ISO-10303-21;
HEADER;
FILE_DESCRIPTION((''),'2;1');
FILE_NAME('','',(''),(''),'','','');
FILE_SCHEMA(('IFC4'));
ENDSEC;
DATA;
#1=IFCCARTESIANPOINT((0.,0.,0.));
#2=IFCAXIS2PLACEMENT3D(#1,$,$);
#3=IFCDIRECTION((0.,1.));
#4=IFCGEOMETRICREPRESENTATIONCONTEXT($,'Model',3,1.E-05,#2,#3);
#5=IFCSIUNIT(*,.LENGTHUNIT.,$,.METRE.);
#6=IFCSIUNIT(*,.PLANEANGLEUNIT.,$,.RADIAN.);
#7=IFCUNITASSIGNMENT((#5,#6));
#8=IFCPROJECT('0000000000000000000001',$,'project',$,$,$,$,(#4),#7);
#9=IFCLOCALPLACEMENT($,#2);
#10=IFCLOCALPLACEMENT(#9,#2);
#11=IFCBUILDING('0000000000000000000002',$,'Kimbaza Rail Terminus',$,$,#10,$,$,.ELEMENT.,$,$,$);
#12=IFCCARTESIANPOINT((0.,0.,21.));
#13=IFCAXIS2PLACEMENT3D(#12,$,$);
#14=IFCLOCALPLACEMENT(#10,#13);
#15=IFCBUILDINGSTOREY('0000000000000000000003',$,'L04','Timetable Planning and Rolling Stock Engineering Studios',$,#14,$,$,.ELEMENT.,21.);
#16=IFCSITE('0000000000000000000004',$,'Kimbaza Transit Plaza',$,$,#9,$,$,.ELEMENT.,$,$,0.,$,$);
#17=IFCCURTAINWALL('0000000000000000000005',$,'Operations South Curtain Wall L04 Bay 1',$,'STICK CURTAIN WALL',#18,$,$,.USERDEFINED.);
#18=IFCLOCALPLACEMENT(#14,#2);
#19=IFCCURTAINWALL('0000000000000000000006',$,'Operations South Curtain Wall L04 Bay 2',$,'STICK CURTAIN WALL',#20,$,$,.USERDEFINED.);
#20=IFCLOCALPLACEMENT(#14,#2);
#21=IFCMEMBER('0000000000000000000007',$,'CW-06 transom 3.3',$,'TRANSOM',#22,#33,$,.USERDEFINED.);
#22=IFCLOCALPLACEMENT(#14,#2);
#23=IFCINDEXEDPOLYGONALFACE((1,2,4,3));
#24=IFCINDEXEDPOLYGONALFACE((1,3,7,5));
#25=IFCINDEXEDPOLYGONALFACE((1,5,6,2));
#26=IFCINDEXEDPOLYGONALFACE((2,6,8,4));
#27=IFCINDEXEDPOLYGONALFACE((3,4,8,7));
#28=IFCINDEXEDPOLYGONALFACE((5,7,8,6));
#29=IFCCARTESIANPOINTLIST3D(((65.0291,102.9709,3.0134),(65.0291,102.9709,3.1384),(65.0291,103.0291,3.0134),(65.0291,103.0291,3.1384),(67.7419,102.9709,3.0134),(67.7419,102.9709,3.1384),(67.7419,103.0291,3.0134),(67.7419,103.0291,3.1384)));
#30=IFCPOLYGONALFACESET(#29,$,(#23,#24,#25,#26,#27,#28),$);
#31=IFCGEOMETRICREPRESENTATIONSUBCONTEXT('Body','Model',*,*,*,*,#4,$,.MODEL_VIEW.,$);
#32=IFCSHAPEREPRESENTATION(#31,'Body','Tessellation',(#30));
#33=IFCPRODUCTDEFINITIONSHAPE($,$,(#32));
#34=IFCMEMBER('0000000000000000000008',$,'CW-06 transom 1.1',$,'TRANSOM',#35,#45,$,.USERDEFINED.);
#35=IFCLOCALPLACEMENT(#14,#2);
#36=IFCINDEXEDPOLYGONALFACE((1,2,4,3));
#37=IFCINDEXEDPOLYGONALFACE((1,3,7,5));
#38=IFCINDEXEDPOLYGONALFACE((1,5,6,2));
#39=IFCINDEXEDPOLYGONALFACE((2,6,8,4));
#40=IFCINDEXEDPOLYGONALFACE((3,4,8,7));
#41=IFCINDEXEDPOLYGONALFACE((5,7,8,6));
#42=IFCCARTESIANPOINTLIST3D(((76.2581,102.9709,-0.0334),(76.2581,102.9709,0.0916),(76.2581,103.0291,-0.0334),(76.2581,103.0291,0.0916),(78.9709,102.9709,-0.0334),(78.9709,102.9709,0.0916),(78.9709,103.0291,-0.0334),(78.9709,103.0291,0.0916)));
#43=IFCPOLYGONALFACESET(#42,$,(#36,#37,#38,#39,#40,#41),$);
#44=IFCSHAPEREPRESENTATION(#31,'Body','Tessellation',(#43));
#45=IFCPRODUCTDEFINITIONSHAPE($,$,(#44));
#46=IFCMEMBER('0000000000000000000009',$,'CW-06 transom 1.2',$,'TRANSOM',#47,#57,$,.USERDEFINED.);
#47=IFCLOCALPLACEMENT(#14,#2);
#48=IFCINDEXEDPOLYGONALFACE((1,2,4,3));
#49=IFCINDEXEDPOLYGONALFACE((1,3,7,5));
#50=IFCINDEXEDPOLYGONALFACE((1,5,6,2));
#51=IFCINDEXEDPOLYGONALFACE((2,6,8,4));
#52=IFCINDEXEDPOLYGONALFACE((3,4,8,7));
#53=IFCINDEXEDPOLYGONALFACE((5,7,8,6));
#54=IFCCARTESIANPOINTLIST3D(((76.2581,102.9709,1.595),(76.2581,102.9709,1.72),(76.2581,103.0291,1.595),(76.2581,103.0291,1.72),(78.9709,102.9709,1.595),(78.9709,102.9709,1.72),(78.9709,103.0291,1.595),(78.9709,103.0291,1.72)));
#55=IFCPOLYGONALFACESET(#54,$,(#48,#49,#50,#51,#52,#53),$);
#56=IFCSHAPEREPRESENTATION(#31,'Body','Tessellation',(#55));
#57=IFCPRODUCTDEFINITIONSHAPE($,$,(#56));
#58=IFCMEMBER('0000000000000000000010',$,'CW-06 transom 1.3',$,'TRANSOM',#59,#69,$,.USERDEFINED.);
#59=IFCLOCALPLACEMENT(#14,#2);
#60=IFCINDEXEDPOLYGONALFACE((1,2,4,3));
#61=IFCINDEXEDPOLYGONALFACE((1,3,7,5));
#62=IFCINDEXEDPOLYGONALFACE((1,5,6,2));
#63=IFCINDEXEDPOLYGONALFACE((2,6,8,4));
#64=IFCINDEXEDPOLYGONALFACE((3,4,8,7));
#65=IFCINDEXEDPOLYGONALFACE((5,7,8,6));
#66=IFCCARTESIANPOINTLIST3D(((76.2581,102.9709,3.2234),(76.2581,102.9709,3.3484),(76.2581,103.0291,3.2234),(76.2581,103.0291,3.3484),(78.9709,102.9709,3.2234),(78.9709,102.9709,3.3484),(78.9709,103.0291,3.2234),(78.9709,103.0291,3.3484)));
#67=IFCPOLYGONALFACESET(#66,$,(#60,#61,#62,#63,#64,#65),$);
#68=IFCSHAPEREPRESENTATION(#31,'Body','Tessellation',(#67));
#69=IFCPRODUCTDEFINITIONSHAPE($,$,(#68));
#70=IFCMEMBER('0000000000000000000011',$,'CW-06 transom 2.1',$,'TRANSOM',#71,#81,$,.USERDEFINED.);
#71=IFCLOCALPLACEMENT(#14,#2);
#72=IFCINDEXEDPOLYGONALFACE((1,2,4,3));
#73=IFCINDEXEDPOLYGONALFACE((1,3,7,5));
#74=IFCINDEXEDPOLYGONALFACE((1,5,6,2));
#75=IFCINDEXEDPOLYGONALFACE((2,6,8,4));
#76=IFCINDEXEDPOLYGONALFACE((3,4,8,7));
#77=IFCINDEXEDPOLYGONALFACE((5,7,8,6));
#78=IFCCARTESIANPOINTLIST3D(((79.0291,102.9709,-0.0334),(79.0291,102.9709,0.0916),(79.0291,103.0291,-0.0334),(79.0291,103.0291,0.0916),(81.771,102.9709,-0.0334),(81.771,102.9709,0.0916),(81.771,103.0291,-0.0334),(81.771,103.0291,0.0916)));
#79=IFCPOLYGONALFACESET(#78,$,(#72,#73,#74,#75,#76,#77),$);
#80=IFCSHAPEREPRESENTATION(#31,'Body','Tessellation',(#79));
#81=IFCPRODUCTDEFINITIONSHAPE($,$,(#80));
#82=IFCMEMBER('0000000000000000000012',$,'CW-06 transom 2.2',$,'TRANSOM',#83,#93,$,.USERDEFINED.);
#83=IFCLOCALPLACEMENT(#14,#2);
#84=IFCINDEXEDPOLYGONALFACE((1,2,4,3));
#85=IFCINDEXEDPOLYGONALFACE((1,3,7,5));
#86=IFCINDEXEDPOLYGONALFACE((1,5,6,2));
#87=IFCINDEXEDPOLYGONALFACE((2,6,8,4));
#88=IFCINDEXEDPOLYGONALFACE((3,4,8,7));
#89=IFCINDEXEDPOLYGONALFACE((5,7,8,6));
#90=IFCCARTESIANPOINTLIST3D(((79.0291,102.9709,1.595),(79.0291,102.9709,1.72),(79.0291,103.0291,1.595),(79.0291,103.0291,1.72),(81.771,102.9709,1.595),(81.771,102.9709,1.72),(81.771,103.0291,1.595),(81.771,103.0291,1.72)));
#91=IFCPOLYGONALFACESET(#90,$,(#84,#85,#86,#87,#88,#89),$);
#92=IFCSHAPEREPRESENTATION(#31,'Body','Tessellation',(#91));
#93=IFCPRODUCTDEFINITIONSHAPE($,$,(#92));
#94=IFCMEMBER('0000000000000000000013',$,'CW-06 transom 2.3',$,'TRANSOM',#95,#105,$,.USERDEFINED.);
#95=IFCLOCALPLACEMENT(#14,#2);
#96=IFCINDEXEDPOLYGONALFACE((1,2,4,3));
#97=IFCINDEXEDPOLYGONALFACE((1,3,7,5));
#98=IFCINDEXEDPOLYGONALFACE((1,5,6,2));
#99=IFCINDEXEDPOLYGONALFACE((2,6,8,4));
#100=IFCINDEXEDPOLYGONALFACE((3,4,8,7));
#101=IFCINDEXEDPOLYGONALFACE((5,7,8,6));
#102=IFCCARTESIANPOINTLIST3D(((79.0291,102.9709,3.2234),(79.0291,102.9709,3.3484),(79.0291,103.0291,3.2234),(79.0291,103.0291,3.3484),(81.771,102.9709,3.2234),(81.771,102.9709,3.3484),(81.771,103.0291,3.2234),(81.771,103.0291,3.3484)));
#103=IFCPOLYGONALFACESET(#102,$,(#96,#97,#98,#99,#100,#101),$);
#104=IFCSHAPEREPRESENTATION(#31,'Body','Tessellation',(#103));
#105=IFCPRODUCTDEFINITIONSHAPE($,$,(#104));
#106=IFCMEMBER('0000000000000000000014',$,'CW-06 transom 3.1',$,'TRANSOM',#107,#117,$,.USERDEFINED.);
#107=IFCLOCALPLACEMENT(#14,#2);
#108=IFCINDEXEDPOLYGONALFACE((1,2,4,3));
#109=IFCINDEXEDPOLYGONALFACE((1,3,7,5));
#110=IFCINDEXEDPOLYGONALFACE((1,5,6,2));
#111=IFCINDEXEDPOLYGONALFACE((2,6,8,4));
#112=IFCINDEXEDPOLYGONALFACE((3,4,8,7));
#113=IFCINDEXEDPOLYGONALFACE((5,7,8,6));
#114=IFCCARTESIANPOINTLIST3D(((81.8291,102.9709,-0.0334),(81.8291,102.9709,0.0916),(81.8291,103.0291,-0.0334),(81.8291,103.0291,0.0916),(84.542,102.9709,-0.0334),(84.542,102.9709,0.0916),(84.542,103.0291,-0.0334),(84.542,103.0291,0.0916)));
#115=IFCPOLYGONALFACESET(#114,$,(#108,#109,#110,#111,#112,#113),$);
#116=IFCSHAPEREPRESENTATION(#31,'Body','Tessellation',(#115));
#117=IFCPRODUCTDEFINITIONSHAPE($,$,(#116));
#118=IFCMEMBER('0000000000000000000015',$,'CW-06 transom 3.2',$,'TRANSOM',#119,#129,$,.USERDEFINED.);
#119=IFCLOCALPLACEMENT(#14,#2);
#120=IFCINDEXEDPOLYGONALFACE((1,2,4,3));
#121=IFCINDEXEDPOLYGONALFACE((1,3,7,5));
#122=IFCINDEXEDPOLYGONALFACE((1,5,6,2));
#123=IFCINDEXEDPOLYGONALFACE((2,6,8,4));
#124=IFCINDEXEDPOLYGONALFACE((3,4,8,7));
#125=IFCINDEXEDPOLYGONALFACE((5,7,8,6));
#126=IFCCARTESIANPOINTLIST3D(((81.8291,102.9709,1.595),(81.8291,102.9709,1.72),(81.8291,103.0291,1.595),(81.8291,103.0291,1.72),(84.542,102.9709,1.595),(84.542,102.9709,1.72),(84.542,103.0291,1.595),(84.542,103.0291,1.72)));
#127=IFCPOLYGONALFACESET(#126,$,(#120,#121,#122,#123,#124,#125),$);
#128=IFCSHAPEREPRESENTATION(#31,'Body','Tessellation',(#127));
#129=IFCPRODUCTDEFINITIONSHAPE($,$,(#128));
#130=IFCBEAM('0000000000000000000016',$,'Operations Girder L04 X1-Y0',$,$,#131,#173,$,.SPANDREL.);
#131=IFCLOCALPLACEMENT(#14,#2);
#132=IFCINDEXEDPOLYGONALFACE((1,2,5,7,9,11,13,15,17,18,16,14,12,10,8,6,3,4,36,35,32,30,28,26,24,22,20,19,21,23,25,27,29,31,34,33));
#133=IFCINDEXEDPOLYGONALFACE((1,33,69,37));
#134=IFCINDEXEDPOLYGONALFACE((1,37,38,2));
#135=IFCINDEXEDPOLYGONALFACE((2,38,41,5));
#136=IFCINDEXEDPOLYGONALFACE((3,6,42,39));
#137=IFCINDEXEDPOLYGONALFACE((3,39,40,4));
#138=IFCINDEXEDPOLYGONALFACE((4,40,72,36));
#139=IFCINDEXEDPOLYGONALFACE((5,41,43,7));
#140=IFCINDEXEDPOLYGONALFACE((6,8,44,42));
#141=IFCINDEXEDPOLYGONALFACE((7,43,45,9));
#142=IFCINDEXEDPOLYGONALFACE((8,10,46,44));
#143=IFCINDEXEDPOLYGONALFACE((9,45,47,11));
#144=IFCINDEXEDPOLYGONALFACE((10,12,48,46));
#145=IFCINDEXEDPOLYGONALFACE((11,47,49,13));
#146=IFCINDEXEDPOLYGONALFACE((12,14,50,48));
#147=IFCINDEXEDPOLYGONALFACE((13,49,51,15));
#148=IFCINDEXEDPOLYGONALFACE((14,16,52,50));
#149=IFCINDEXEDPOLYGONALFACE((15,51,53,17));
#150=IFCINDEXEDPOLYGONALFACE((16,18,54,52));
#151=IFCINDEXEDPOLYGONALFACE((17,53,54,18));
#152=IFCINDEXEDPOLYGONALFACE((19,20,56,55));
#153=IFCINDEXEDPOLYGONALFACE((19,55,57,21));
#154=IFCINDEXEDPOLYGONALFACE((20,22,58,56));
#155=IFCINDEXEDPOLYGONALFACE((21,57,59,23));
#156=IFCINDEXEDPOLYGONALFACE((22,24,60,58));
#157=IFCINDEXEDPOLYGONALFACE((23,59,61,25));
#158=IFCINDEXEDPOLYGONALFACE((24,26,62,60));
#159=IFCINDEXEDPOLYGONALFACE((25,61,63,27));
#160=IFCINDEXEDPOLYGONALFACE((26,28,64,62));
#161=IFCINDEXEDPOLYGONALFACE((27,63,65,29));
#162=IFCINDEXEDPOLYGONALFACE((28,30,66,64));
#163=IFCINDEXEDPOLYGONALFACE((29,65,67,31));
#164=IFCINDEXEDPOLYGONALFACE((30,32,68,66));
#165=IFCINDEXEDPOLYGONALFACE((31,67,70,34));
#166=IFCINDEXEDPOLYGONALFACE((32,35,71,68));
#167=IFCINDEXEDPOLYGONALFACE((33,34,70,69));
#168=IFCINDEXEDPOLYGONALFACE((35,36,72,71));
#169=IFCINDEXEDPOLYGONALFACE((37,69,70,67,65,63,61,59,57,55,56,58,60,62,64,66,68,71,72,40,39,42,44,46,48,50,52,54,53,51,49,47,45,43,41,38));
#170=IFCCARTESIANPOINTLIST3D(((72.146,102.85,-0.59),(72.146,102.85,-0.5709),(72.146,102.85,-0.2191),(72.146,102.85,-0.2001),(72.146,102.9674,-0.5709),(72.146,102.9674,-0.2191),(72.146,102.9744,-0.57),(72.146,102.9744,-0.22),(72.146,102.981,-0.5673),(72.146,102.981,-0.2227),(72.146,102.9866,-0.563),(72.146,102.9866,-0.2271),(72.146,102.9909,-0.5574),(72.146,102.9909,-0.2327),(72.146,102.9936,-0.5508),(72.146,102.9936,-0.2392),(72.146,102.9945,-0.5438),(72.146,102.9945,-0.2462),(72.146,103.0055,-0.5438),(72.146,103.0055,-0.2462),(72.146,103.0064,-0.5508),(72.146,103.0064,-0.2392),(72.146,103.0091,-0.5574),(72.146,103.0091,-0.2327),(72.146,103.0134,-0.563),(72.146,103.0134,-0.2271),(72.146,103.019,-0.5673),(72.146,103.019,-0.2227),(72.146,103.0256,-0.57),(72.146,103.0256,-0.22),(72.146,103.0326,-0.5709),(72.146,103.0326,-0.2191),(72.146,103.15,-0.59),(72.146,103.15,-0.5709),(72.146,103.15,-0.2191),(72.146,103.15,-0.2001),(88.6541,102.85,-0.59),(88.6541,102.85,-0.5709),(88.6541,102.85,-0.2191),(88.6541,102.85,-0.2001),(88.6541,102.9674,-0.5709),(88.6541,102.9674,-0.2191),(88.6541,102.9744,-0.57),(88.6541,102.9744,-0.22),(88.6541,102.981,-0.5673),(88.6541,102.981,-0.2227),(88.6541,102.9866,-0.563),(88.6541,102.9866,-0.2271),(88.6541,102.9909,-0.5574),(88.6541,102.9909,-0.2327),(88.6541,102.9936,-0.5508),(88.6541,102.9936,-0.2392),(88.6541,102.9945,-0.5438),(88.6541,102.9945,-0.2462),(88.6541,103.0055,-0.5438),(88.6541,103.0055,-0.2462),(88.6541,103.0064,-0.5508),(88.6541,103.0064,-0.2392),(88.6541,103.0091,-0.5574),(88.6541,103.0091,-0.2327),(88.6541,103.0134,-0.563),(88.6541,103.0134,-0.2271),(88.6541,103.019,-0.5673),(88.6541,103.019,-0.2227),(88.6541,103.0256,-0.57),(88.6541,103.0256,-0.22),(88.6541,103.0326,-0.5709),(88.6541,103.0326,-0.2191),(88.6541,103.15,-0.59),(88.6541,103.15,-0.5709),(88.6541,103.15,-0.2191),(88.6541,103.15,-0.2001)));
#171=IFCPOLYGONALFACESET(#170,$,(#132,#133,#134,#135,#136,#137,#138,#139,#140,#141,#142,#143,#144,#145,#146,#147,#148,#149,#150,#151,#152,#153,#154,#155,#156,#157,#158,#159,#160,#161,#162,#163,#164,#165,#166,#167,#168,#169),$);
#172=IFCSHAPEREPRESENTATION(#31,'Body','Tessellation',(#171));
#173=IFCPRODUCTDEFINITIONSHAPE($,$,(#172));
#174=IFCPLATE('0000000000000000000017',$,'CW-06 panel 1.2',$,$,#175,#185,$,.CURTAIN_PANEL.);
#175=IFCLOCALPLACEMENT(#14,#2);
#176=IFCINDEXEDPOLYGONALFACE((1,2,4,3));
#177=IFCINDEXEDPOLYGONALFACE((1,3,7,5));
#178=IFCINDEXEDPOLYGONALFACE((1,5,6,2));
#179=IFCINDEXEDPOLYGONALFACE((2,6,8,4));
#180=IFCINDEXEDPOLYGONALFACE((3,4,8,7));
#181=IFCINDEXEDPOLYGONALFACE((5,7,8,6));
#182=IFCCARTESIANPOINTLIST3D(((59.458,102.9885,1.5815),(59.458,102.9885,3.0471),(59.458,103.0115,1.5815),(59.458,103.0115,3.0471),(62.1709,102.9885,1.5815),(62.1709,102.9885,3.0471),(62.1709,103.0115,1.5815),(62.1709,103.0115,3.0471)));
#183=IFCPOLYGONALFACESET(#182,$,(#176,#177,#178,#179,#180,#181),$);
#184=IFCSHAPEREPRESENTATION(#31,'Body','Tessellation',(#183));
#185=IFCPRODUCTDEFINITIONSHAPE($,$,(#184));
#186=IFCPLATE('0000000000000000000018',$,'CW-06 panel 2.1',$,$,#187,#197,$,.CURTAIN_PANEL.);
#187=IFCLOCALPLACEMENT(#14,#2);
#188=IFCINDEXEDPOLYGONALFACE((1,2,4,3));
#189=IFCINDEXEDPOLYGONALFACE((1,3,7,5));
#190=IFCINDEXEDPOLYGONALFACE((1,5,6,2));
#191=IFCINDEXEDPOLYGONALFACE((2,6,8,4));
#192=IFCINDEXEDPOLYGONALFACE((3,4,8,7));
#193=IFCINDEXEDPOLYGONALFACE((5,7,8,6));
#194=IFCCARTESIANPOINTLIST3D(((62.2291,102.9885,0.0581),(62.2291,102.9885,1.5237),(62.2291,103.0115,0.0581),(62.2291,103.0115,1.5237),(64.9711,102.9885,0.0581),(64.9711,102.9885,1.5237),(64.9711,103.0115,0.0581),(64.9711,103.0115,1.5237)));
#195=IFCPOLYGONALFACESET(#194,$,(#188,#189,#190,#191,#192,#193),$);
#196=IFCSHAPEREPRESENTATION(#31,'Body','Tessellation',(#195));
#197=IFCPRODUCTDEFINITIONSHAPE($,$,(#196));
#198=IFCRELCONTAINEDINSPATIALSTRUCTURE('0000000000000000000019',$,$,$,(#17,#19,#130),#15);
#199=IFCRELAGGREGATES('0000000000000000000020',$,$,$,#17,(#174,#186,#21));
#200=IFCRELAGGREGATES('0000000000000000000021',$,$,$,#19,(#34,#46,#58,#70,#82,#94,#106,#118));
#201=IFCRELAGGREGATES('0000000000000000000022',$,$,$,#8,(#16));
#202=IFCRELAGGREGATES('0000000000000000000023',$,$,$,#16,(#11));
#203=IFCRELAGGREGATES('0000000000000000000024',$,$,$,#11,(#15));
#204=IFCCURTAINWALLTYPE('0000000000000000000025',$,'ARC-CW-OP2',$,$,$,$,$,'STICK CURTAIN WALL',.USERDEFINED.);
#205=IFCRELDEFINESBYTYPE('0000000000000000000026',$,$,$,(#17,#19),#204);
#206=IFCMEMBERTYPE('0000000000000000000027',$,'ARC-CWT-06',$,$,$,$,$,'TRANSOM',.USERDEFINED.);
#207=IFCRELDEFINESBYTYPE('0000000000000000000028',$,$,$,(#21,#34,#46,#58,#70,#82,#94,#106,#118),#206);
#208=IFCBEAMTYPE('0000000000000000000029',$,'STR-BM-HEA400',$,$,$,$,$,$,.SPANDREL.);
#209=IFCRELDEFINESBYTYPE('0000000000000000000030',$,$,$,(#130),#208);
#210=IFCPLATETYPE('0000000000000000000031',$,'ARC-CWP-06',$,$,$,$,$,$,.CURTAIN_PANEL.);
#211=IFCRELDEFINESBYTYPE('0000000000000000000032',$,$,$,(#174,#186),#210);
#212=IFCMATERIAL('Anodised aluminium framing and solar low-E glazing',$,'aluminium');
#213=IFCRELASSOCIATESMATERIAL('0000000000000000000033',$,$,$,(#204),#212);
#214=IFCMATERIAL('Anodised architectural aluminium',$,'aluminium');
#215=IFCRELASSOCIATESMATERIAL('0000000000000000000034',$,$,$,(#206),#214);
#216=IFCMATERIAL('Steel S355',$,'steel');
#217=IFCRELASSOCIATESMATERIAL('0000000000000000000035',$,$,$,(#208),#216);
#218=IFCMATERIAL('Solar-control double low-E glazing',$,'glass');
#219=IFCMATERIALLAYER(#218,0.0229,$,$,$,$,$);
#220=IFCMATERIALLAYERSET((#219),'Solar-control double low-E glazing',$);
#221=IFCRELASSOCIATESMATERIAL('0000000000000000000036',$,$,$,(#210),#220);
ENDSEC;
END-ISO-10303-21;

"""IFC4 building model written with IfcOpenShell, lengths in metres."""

from ifc_helpers import new_model, si_unit, direction, frame, origin, origin_2d, place, context, subcontext, project, spatial, rectangle, i_section, extrude, material, layer, layer_set, material_profile, profile_set, type_object, element, aggregate, save


model = new_model("IFC4")

# Units and contexts
model_context = context("Model", 3, precision=1e-05, world=origin(), true_north=direction((0.0, 1.0)))
body_context = subcontext(model_context, "Body", "Model", "MODEL_VIEW")
ifc_project = project(units=[si_unit("LENGTHUNIT", "METRE"), si_unit("PLANEANGLEUNIT", "RADIAN")], contexts=[model_context])

# Site, building, storey
site_placement = place(None, origin())
site = spatial("IfcSite", under=ifc_project, at=site_placement, Name="Kimbaza Transit Plaza", CompositionType="ELEMENT", RefElevation=0.0)
building_placement = place(site_placement, origin())
building = spatial("IfcBuilding", under=site, at=building_placement, Name="Kimbaza Rail Terminus", CompositionType="ELEMENT")
storey_placement = place(building_placement, frame((0.0, 0.0, 21.0)))
storey = spatial("IfcBuildingStorey", under=building, at=storey_placement, Name="L04", Description="Timetable Planning and Rolling Stock Engineering Studios", CompositionType="ELEMENT", Elevation=21.0)

# Curtain walls
ifc_material_1 = material(Name="Anodised aluminium framing and solar low-E glazing", Category="aluminium")
curtain_wall_type = type_object("IfcCurtainWallType", Name="ARC-CW-OP2", ElementType="STICK CURTAIN WALL", PredefinedType="USERDEFINED", material=ifc_material_1)
curtain_wall_1_placement = place(storey_placement, origin())
curtain_wall_1 = element("IfcCurtainWall", 1, at=curtain_wall_1_placement, inside=storey, type_object=curtain_wall_type, Name="Operations South Curtain Wall L04 Bay 1", ObjectType="STICK CURTAIN WALL", PredefinedType="USERDEFINED")
curtain_wall_2_placement = place(storey_placement, origin())
curtain_wall_2 = element("IfcCurtainWall", 2, at=curtain_wall_2_placement, inside=storey, type_object=curtain_wall_type, Name="Operations South Curtain Wall L04 Bay 2", ObjectType="STICK CURTAIN WALL", PredefinedType="USERDEFINED")

# Members
ifc_material_2 = material(Name="Anodised architectural aluminium", Category="aluminium")
ifc_material_profile_1 = material_profile(ifc_material_2, rectangle(XDim=0.0581, YDim=0.125, at=origin_2d()), Name="TRANSOM 58x125")
ifc_profile_set_1 = profile_set([ifc_material_profile_1], Name="Anodised architectural aluminium")
member_type_1 = type_object("IfcMemberType", Name="ARC-CWT-06", ElementType="TRANSOM", PredefinedType="USERDEFINED", material=ifc_profile_set_1)
member_1_placement = place(storey_placement, frame((65.0291, 103.0, 3.0759), z_axis=(1.0, 0.0, 0.0), x_axis=(0.0, 1.0, 0.0)))
member_1 = element("IfcMember", 3, at=member_1_placement, type_object=member_type_1, Name="CW-06 transom 3.3", ObjectType="TRANSOM", PredefinedType="USERDEFINED", context=body_context, shape_type="SweptSolid", body=[
    extrude(rectangle(XDim=0.0581, YDim=0.125, at=origin_2d()), origin(), (0.0, 0.0, 1.0), 2.7129),
])
member_2_placement = place(storey_placement, frame((76.2581, 103.0, 0.0291), z_axis=(1.0, 0.0, 0.0), x_axis=(0.0, 1.0, 0.0)))
member_2 = element("IfcMember", 4, at=member_2_placement, type_object=member_type_1, Name="CW-06 transom 1.1", ObjectType="TRANSOM", PredefinedType="USERDEFINED", context=body_context, shape_type="SweptSolid", body=[
    extrude(rectangle(XDim=0.0581, YDim=0.125, at=origin_2d()), origin(), (0.0, 0.0, 1.0), 2.7129),
])
member_3_placement = place(storey_placement, frame((76.2581, 103.0, 1.6575), z_axis=(1.0, 0.0, 0.0), x_axis=(0.0, 1.0, 0.0)))
member_3 = element("IfcMember", 5, at=member_3_placement, type_object=member_type_1, Name="CW-06 transom 1.2", ObjectType="TRANSOM", PredefinedType="USERDEFINED", context=body_context, shape_type="SweptSolid", body=[
    extrude(rectangle(XDim=0.0581, YDim=0.125, at=origin_2d()), origin(), (0.0, 0.0, 1.0), 2.7129),
])
member_4_placement = place(storey_placement, frame((76.2581, 103.0, 3.2859), z_axis=(1.0, 0.0, 0.0), x_axis=(0.0, 1.0, 0.0)))
member_4 = element("IfcMember", 6, at=member_4_placement, type_object=member_type_1, Name="CW-06 transom 1.3", ObjectType="TRANSOM", PredefinedType="USERDEFINED", context=body_context, shape_type="SweptSolid", body=[
    extrude(rectangle(XDim=0.0581, YDim=0.125, at=origin_2d()), origin(), (0.0, 0.0, 1.0), 2.7129),
])
member_5_placement = place(storey_placement, frame((79.0291, 103.0, 0.0291), z_axis=(1.0, 0.0, 0.0), x_axis=(0.0, 1.0, 0.0)))
member_5 = element("IfcMember", 7, at=member_5_placement, type_object=member_type_1, Name="CW-06 transom 2.1", ObjectType="TRANSOM", PredefinedType="USERDEFINED", context=body_context, shape_type="SweptSolid", body=[
    extrude(rectangle(XDim=0.0581, YDim=0.125, at=origin_2d()), origin(), (0.0, 0.0, 1.0), 2.7419),
])
member_6_placement = place(storey_placement, frame((79.0291, 103.0, 1.6575), z_axis=(1.0, 0.0, 0.0), x_axis=(0.0, 1.0, 0.0)))
member_6 = element("IfcMember", 8, at=member_6_placement, type_object=member_type_1, Name="CW-06 transom 2.2", ObjectType="TRANSOM", PredefinedType="USERDEFINED", context=body_context, shape_type="SweptSolid", body=[
    extrude(rectangle(XDim=0.0581, YDim=0.125, at=origin_2d()), origin(), (0.0, 0.0, 1.0), 2.7419),
])
member_7_placement = place(storey_placement, frame((79.0291, 103.0, 3.2859), z_axis=(1.0, 0.0, 0.0), x_axis=(0.0, 1.0, 0.0)))
member_7 = element("IfcMember", 9, at=member_7_placement, type_object=member_type_1, Name="CW-06 transom 2.3", ObjectType="TRANSOM", PredefinedType="USERDEFINED", context=body_context, shape_type="SweptSolid", body=[
    extrude(rectangle(XDim=0.0581, YDim=0.125, at=origin_2d()), origin(), (0.0, 0.0, 1.0), 2.7419),
])
member_8_placement = place(storey_placement, frame((81.8291, 103.0, 0.0291), z_axis=(1.0, 0.0, 0.0), x_axis=(0.0, 1.0, 0.0)))
member_8 = element("IfcMember", 10, at=member_8_placement, type_object=member_type_1, Name="CW-06 transom 3.1", ObjectType="TRANSOM", PredefinedType="USERDEFINED", context=body_context, shape_type="SweptSolid", body=[
    extrude(rectangle(XDim=0.0581, YDim=0.125, at=origin_2d()), origin(), (0.0, 0.0, 1.0), 2.7129),
])
member_9_placement = place(storey_placement, frame((81.8291, 103.0, 1.6575), z_axis=(1.0, 0.0, 0.0), x_axis=(0.0, 1.0, 0.0)))
member_9 = element("IfcMember", 11, at=member_9_placement, type_object=member_type_1, Name="CW-06 transom 3.2", ObjectType="TRANSOM", PredefinedType="USERDEFINED", context=body_context, shape_type="SweptSolid", body=[
    extrude(rectangle(XDim=0.0581, YDim=0.125, at=origin_2d()), origin(), (0.0, 0.0, 1.0), 2.7129),
])

# Beam
ifc_material_3 = material(Name="Steel S355", Category="steel")
ifc_material_profile_2 = material_profile(ifc_material_3, i_section(OverallWidth=0.3, OverallDepth=0.3899, WebThickness=0.011, FlangeThickness=0.019, FilletRadius=0.0271, at=origin_2d()), Name="HEA 400")
ifc_profile_set_2 = profile_set([ifc_material_profile_2], Name="Steel S355")
beam_type = type_object("IfcBeamType", Name="STR-BM-HEA400", PredefinedType="SPANDREL", material=ifc_profile_set_2)
beam_placement = place(storey_placement, frame((72.146, 103.0, -0.395), z_axis=(1.0, 0.0, 0.0), x_axis=(0.0, 1.0, 0.0)))
element("IfcBeam", 12, at=beam_placement, inside=storey, type_object=beam_type, Name="Operations Girder L04 X1-Y0", PredefinedType="SPANDREL", context=body_context, shape_type="SweptSolid", body=[
    extrude(i_section(OverallWidth=0.3, OverallDepth=0.3899, WebThickness=0.011, FlangeThickness=0.019, FilletRadius=0.0271, at=origin_2d()), origin(), (0.0, 0.0, 1.0), 16.5081),
])

# Plates
ifc_material_4 = material(Name="Solar-control double low-E glazing", Category="glass")
ifc_layer_1 = layer(ifc_material_4, 0.0229)
ifc_layer_set_1 = layer_set([ifc_layer_1], Name="Solar-control double low-E glazing")
plate_type = type_object("IfcPlateType", Name="ARC-CWP-06", PredefinedType="CURTAIN_PANEL", material=ifc_layer_set_1)
plate_1_placement = place(storey_placement, frame((60.8145, 103.0, 1.5815), z_axis=(0.0, 0.0, 1.0), x_axis=(1.0, 0.0, 0.0)))
plate_1 = element("IfcPlate", 13, at=plate_1_placement, type_object=plate_type, Name="CW-06 panel 1.2", PredefinedType="CURTAIN_PANEL", context=body_context, shape_type="SweptSolid", body=[
    extrude(rectangle(XDim=2.7129, YDim=0.0229, at=origin_2d()), origin(), (0.0, 0.0, 1.0), 1.4656),
])
plate_2_placement = place(storey_placement, frame((63.6001, 103.0, 0.0581), z_axis=(0.0, 0.0, 1.0), x_axis=(1.0, 0.0, 0.0)))
plate_2 = element("IfcPlate", 14, at=plate_2_placement, type_object=plate_type, Name="CW-06 panel 2.1", PredefinedType="CURTAIN_PANEL", context=body_context, shape_type="SweptSolid", body=[
    extrude(rectangle(XDim=2.7419, YDim=0.0229, at=origin_2d()), origin(), (0.0, 0.0, 1.0), 1.4656),
])
aggregate(curtain_wall_1, [plate_1, plate_2, member_1])
aggregate(curtain_wall_2, [member_2, member_3, member_4, member_5, member_6, member_7, member_8, member_9])

save(model, "model.ifc")
